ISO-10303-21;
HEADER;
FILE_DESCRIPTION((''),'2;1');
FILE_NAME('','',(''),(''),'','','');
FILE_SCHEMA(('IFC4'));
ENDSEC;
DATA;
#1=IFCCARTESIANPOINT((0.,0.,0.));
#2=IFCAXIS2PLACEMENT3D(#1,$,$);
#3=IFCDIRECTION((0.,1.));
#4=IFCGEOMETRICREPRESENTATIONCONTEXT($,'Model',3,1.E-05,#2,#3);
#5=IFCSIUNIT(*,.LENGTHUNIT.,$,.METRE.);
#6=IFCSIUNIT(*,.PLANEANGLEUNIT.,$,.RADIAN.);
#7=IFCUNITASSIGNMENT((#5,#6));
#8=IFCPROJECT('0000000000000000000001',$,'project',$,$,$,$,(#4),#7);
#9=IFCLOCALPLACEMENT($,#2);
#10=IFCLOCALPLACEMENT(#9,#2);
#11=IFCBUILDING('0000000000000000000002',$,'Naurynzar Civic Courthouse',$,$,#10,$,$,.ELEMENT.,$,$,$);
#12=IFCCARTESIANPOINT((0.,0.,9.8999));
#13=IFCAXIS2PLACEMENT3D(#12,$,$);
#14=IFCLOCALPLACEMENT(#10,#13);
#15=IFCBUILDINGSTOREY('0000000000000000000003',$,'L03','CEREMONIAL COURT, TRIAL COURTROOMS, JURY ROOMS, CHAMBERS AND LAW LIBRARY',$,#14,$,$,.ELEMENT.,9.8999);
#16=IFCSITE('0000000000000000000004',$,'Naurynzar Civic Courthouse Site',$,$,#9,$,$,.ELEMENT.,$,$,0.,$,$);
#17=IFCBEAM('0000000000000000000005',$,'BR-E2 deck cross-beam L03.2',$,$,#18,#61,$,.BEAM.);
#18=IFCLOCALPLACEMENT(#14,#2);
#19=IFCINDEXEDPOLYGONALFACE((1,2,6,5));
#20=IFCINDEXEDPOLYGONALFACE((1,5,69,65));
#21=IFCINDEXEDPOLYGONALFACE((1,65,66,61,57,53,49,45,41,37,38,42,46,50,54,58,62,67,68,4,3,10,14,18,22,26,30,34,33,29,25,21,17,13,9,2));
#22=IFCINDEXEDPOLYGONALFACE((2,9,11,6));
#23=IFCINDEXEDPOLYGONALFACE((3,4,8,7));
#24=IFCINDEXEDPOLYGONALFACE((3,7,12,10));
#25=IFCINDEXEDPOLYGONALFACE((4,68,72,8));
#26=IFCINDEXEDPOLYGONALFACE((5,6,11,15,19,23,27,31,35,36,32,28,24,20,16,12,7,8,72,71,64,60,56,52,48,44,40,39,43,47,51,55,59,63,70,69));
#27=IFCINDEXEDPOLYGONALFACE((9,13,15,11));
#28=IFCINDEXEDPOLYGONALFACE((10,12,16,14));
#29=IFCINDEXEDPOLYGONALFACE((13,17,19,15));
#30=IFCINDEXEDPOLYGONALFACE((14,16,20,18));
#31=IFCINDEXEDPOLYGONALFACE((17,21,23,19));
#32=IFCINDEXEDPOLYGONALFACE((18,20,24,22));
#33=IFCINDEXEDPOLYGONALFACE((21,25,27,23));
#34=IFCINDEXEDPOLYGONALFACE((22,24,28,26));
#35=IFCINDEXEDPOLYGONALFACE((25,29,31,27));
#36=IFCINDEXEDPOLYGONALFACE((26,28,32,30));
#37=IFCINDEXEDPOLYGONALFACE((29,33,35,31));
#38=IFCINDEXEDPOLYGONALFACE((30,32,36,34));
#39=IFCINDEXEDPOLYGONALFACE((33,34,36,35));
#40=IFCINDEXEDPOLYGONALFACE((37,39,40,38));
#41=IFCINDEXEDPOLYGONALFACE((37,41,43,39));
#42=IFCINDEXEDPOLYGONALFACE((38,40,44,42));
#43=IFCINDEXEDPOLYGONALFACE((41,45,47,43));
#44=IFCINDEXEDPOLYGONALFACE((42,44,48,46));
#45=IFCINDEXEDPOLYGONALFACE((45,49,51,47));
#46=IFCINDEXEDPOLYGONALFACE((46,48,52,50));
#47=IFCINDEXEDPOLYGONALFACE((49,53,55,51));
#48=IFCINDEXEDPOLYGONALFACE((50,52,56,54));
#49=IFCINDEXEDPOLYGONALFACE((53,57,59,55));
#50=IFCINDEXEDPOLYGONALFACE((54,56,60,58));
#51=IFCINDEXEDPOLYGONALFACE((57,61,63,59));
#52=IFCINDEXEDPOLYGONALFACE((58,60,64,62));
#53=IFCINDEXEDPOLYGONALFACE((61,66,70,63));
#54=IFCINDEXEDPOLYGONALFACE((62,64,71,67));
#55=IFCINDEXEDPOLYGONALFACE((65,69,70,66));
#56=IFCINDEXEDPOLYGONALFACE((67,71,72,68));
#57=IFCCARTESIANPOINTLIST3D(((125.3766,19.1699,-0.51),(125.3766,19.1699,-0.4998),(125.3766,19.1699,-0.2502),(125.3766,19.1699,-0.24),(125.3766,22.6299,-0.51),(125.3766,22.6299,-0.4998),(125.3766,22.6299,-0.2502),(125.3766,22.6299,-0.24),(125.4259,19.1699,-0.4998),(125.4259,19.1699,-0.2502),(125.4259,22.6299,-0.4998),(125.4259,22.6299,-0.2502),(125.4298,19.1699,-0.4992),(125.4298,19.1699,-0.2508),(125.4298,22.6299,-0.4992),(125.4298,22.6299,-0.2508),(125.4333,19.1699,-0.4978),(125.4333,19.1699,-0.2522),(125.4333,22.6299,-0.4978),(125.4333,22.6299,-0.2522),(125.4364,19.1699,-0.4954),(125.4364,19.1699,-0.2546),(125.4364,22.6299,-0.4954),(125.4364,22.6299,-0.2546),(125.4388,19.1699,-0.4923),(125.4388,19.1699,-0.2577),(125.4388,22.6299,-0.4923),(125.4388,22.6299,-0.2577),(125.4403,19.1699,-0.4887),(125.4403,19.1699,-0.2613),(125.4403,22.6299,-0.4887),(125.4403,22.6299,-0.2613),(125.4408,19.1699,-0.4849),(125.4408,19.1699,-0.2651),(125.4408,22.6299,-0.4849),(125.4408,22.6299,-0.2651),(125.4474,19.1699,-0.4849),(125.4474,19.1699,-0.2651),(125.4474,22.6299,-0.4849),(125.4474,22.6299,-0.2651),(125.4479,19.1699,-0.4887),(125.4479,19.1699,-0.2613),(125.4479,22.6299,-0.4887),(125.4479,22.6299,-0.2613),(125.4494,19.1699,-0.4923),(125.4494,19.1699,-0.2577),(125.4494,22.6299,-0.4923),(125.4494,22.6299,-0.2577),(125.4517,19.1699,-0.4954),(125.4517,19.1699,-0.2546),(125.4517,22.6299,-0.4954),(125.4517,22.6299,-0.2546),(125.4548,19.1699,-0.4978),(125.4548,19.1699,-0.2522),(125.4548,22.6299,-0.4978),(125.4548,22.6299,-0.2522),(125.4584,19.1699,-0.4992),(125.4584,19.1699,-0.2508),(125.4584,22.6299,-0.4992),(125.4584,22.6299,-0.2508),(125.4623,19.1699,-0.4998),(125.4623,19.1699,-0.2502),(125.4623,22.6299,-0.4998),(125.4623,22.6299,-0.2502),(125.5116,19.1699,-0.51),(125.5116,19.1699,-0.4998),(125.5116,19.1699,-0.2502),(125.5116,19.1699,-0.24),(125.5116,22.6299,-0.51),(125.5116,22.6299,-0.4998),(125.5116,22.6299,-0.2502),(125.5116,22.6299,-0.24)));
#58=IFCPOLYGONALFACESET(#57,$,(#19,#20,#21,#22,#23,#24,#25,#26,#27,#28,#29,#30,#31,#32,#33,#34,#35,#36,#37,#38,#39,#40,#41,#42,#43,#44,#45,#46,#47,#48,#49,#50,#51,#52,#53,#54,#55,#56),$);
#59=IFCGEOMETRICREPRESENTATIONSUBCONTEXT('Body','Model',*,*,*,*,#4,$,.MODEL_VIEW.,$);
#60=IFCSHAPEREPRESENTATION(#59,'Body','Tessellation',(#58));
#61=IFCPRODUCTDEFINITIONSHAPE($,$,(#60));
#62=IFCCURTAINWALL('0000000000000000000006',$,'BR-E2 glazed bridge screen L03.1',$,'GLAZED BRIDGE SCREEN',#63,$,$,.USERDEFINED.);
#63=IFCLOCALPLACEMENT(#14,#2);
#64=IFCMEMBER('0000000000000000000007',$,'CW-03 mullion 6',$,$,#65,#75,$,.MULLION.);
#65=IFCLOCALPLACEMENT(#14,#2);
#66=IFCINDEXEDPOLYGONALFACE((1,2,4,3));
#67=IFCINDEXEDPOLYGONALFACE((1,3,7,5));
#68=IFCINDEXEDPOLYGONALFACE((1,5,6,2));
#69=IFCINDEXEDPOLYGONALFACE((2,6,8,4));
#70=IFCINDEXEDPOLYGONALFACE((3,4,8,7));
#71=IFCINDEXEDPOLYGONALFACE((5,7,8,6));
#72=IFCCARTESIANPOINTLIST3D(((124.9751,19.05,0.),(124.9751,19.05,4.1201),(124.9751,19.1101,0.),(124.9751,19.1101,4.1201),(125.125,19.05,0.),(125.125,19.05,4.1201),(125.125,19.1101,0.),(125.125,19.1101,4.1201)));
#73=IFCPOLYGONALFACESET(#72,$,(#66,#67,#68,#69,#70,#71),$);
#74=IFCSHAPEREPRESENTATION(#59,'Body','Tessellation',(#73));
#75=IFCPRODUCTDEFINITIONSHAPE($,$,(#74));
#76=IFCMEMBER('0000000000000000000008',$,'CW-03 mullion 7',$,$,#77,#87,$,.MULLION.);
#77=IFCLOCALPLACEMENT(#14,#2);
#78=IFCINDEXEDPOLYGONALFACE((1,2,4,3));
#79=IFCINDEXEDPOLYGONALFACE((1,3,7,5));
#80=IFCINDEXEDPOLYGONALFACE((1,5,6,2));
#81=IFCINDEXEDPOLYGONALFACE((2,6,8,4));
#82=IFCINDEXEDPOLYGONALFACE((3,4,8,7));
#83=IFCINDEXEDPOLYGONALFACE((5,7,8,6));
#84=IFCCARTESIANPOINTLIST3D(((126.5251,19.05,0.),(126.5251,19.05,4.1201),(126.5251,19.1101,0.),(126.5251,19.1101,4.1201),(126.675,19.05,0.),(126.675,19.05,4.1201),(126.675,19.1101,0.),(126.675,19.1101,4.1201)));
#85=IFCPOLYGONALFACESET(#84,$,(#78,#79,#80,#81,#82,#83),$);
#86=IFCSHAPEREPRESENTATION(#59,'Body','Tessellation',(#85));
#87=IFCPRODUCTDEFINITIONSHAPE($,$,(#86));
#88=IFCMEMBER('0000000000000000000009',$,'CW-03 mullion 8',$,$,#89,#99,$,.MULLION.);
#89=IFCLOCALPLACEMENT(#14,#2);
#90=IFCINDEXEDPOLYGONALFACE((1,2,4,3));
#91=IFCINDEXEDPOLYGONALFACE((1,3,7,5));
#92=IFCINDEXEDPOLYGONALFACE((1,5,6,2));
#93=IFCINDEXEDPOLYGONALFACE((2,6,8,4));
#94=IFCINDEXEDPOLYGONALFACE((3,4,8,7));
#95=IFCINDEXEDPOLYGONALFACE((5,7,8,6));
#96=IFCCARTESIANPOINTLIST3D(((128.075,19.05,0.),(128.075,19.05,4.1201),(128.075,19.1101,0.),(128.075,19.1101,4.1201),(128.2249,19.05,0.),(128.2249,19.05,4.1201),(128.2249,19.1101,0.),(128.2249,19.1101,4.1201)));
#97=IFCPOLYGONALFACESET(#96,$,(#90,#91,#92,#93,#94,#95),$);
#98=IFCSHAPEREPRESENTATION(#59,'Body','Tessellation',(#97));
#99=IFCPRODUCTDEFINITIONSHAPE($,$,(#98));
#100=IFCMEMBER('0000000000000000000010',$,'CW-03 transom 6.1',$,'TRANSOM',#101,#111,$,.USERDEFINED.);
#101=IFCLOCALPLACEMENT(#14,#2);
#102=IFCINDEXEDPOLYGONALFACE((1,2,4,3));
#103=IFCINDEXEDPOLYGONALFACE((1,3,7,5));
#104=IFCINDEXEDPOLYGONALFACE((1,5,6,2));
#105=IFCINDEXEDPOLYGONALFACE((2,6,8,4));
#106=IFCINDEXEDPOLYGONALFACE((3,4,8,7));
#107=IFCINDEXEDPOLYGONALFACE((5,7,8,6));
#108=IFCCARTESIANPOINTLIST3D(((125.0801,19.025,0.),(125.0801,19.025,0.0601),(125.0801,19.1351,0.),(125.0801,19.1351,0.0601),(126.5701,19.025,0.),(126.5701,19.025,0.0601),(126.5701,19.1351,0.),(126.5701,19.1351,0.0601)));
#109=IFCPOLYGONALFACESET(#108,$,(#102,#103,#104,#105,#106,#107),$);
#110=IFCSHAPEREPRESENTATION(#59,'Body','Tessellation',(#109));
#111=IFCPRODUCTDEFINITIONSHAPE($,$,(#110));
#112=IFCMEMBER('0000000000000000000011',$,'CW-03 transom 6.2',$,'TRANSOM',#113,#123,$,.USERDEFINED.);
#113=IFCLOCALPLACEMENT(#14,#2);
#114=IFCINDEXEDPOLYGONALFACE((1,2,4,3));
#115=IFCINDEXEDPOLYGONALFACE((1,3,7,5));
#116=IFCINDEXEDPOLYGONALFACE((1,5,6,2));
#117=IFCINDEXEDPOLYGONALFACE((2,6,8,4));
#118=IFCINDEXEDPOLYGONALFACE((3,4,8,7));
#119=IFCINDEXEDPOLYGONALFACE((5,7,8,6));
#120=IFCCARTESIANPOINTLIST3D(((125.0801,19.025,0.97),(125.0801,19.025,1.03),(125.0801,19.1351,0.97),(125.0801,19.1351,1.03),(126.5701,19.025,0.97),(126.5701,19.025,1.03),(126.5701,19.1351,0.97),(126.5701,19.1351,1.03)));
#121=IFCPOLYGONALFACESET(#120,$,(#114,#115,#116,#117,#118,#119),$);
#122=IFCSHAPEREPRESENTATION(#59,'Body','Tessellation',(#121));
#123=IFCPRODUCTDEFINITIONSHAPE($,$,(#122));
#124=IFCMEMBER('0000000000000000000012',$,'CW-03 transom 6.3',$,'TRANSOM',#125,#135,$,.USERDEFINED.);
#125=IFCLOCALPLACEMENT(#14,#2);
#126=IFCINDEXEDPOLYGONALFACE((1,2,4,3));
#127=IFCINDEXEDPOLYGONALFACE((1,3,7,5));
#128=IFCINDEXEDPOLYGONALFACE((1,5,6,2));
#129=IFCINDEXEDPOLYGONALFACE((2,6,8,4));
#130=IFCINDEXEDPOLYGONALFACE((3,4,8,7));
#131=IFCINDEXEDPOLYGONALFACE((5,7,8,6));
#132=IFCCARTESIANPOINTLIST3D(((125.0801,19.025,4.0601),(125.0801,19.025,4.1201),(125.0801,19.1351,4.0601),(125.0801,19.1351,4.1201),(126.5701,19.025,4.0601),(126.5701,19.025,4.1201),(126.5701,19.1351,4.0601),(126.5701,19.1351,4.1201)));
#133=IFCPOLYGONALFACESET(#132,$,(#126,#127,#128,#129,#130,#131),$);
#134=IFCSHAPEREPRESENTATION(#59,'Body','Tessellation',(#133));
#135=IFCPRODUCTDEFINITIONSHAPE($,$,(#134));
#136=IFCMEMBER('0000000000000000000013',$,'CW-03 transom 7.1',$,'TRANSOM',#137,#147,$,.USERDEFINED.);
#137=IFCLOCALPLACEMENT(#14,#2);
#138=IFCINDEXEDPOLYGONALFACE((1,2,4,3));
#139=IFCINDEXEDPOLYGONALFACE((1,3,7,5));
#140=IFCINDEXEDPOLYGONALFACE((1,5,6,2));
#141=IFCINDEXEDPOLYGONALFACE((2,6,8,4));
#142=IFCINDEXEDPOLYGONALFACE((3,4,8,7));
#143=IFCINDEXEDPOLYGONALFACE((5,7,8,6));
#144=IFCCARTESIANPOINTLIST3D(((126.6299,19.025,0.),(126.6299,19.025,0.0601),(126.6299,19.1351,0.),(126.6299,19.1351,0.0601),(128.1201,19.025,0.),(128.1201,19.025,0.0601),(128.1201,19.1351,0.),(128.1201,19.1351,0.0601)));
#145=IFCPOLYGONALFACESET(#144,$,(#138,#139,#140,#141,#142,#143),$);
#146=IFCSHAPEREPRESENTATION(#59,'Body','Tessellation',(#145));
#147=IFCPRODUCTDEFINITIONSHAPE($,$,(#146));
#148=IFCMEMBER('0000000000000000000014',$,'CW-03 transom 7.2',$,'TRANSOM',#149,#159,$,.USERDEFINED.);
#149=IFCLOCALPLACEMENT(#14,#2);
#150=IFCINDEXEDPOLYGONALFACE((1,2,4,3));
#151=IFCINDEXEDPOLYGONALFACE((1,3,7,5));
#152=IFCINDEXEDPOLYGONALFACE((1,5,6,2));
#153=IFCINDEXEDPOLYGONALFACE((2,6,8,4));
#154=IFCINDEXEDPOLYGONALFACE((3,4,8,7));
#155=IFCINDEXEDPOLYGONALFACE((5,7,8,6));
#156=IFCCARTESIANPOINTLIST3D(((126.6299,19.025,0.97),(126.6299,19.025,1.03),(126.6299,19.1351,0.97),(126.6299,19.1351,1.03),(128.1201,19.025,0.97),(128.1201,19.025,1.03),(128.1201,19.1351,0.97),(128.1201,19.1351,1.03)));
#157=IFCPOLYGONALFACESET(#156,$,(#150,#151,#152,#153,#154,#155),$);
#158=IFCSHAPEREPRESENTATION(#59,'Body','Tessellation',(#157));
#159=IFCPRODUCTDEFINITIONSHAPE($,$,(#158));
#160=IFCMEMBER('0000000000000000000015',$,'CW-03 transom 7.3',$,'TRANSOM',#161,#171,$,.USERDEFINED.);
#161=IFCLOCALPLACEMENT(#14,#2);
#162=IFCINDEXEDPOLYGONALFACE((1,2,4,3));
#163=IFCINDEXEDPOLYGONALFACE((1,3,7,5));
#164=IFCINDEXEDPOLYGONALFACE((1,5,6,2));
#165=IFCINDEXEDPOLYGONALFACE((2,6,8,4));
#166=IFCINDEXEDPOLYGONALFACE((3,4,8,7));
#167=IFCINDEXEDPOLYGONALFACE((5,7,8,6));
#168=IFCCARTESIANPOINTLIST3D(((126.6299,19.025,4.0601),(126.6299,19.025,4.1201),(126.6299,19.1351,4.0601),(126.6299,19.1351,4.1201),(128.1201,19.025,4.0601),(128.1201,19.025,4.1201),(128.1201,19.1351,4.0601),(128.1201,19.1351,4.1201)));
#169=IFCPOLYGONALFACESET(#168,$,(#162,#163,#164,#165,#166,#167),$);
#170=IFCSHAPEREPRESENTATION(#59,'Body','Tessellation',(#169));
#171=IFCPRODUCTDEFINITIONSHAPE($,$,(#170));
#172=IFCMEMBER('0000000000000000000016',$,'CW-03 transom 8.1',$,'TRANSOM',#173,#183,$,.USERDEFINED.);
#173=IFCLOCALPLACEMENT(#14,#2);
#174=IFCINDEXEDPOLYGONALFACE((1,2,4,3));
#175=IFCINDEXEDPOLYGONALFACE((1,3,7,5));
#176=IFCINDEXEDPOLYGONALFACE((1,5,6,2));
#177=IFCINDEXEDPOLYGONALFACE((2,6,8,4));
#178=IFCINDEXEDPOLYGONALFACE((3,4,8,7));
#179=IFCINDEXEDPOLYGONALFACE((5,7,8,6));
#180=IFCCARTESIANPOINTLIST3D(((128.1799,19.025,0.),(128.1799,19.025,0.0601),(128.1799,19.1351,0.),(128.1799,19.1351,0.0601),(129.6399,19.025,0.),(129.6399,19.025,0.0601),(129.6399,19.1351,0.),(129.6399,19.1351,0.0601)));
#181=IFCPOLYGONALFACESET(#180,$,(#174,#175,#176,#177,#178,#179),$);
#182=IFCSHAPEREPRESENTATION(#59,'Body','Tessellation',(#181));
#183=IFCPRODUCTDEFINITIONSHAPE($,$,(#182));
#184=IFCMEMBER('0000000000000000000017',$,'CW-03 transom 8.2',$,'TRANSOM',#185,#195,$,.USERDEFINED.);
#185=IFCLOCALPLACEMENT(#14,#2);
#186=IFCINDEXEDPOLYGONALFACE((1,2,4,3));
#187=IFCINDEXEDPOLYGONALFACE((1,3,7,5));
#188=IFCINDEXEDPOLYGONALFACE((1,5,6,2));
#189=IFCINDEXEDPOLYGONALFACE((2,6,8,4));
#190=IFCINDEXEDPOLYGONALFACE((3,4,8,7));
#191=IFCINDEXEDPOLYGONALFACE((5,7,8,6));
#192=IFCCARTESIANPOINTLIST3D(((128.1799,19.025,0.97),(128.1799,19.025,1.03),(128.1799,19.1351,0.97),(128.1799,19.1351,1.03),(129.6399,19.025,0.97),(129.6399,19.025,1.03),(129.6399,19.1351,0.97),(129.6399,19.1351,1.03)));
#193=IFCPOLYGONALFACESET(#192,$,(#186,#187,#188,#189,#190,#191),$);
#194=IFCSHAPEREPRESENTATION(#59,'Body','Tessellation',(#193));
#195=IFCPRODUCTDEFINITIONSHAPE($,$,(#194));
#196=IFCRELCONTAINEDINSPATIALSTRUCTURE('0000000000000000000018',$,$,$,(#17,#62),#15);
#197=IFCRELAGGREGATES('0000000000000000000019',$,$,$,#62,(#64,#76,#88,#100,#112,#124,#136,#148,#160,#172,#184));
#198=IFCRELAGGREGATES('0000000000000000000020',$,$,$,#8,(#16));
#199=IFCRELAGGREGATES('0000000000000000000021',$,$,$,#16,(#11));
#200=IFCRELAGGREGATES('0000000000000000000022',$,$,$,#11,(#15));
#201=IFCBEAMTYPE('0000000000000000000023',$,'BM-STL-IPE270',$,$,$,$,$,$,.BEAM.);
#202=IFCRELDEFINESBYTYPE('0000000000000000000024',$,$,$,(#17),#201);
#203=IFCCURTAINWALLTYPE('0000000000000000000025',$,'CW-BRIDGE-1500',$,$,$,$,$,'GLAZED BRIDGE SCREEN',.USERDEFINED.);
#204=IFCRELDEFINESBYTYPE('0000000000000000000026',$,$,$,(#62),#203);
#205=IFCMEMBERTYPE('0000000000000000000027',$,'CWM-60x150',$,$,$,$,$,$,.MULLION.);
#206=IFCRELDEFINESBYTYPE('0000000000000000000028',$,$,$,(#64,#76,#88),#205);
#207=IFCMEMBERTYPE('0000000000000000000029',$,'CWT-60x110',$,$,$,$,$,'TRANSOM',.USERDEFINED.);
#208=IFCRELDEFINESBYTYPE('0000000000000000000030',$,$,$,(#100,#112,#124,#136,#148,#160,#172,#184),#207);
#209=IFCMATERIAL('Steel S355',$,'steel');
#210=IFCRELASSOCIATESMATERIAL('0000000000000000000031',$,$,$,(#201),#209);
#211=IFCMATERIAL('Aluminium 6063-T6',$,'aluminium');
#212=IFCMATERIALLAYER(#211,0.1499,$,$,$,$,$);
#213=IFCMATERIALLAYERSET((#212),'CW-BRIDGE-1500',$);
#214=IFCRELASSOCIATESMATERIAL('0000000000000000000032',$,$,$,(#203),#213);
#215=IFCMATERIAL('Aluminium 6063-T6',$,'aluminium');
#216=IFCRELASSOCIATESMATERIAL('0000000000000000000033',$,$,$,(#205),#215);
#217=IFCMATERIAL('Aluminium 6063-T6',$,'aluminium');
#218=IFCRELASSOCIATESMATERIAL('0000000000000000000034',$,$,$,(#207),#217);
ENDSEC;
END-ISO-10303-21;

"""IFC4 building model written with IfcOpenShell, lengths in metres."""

from ifc_helpers import new_model, si_unit, direction, frame, origin, origin_2d, place, context, subcontext, project, spatial, rectangle, i_section, extrude, material, layer, layer_set, material_profile, profile_set, type_object, element, aggregate, save


model = new_model("IFC4")

# Units and contexts
model_context = context("Model", 3, precision=1e-05, world=origin(), true_north=direction((0.0, 1.0)))
body_context = subcontext(model_context, "Body", "Model", "MODEL_VIEW")
ifc_project = project(units=[si_unit("LENGTHUNIT", "METRE"), si_unit("PLANEANGLEUNIT", "RADIAN")], contexts=[model_context])

# Site, building, storey
site_placement = place(None, origin())
site = spatial("IfcSite", under=ifc_project, at=site_placement, Name="Naurynzar Civic Courthouse Site", CompositionType="ELEMENT", RefElevation=0.0)
building_placement = place(site_placement, origin())
building = spatial("IfcBuilding", under=site, at=building_placement, Name="Naurynzar Civic Courthouse", CompositionType="ELEMENT")
storey_placement = place(building_placement, frame((0.0, 0.0, 9.8999)))
storey = spatial("IfcBuildingStorey", under=building, at=storey_placement, Name="L03", Description="CEREMONIAL COURT, TRIAL COURTROOMS, JURY ROOMS, CHAMBERS AND LAW LIBRARY", CompositionType="ELEMENT", Elevation=9.8999)

# Beam
ifc_material_1 = material(Name="Steel S355", Category="steel")
ifc_material_profile_1 = material_profile(ifc_material_1, i_section(OverallWidth=0.135, OverallDepth=0.27, WebThickness=0.0066, FlangeThickness=0.0103, FilletRadius=0.0149, at=origin_2d()), Name="IPE 270")
ifc_profile_set_1 = profile_set([ifc_material_profile_1], Name="Steel S355")
beam_type = type_object("IfcBeamType", Name="BM-STL-IPE270", PredefinedType="BEAM", material=ifc_profile_set_1)
beam_placement = place(storey_placement, frame((125.4441, 19.1699, -0.375), z_axis=(0.0, 1.0, 0.0), x_axis=(-1.0, 0.0, 0.0)))
element("IfcBeam", 1, at=beam_placement, inside=storey, type_object=beam_type, Name="BR-E2 deck cross-beam L03.2", PredefinedType="BEAM", context=body_context, shape_type="SweptSolid", body=[
    extrude(i_section(OverallWidth=0.135, OverallDepth=0.27, WebThickness=0.0066, FlangeThickness=0.0103, FilletRadius=0.0149, at=origin_2d()), origin(), (0.0, 0.0, 1.0), 3.46),
])

# Curtain wall, members
ifc_material_2 = material(Name="Aluminium 6063-T6", Category="aluminium")
ifc_layer_1 = layer(ifc_material_2, 0.1499)
ifc_layer_set_1 = layer_set([ifc_layer_1], Name="CW-BRIDGE-1500")
curtain_wall_type = type_object("IfcCurtainWallType", Name="CW-BRIDGE-1500", ElementType="GLAZED BRIDGE SCREEN", PredefinedType="USERDEFINED", material=ifc_layer_set_1)
curtain_wall_placement = place(storey_placement, origin())
curtain_wall = element("IfcCurtainWall", 2, at=curtain_wall_placement, inside=storey, type_object=curtain_wall_type, Name="BR-E2 glazed bridge screen L03.1", ObjectType="GLAZED BRIDGE SCREEN", PredefinedType="USERDEFINED")
ifc_material_3 = material(Name="Aluminium 6063-T6", Category="aluminium")
ifc_material_profile_2 = material_profile(ifc_material_3, rectangle(XDim=0.0601, YDim=0.1499, at=origin_2d()), Name="ALU MULLION 60x150")
ifc_profile_set_2 = profile_set([ifc_material_profile_2], Name="Aluminium 6063-T6")
member_type_1 = type_object("IfcMemberType", Name="CWM-60x150", PredefinedType="MULLION", material=ifc_profile_set_2)
member_1_placement = place(storey_placement, frame((125.05, 19.0801, 0.0), z_axis=(0.0, 0.0, 1.0), x_axis=(0.0, 1.0, 0.0)))
member_1 = element("IfcMember", 3, at=member_1_placement, type_object=member_type_1, Name="CW-03 mullion 6", PredefinedType="MULLION", context=body_context, shape_type="SweptSolid", body=[
    extrude(rectangle(XDim=0.0601, YDim=0.1499, at=origin_2d()), origin(), (0.0, 0.0, 1.0), 4.1201),
])
member_2_placement = place(storey_placement, frame((126.6001, 19.0801, 0.0), z_axis=(0.0, 0.0, 1.0), x_axis=(0.0, 1.0, 0.0)))
member_2 = element("IfcMember", 4, at=member_2_placement, type_object=member_type_1, Name="CW-03 mullion 7", PredefinedType="MULLION", context=body_context, shape_type="SweptSolid", body=[
    extrude(rectangle(XDim=0.0601, YDim=0.1499, at=origin_2d()), origin(), (0.0, 0.0, 1.0), 4.1201),
])
member_3_placement = place(storey_placement, frame((128.1499, 19.0801, 0.0), z_axis=(0.0, 0.0, 1.0), x_axis=(0.0, 1.0, 0.0)))
member_3 = element("IfcMember", 5, at=member_3_placement, type_object=member_type_1, Name="CW-03 mullion 8", PredefinedType="MULLION", context=body_context, shape_type="SweptSolid", body=[
    extrude(rectangle(XDim=0.0601, YDim=0.1499, at=origin_2d()), origin(), (0.0, 0.0, 1.0), 4.1201),
])
ifc_material_4 = material(Name="Aluminium 6063-T6", Category="aluminium")
ifc_material_profile_3 = material_profile(ifc_material_4, rectangle(XDim=0.1101, YDim=0.0601, at=origin_2d()), Name="ALU TRANSOM 60x110")
ifc_profile_set_3 = profile_set([ifc_material_profile_3], Name="Aluminium 6063-T6")
member_type_2 = type_object("IfcMemberType", Name="CWT-60x110", ElementType="TRANSOM", PredefinedType="USERDEFINED", material=ifc_profile_set_3)
member_4_placement = place(storey_placement, frame((125.0801, 19.0801, 0.03), z_axis=(1.0, 0.0, 0.0), x_axis=(0.0, 1.0, 0.0)))
member_4 = element("IfcMember", 6, at=member_4_placement, type_object=member_type_2, Name="CW-03 transom 6.1", ObjectType="TRANSOM", PredefinedType="USERDEFINED", context=body_context, shape_type="SweptSolid", body=[
    extrude(rectangle(XDim=0.1101, YDim=0.0601, at=origin_2d()), origin(), (0.0, 0.0, 1.0), 1.49),
])
member_5_placement = place(storey_placement, frame((125.0801, 19.0801, 1.0), z_axis=(1.0, 0.0, 0.0), x_axis=(0.0, 1.0, 0.0)))
member_5 = element("IfcMember", 7, at=member_5_placement, type_object=member_type_2, Name="CW-03 transom 6.2", ObjectType="TRANSOM", PredefinedType="USERDEFINED", context=body_context, shape_type="SweptSolid", body=[
    extrude(rectangle(XDim=0.1101, YDim=0.0601, at=origin_2d()), origin(), (0.0, 0.0, 1.0), 1.49),
])
member_6_placement = place(storey_placement, frame((125.0801, 19.0801, 4.0901), z_axis=(1.0, 0.0, 0.0), x_axis=(0.0, 1.0, 0.0)))
member_6 = element("IfcMember", 8, at=member_6_placement, type_object=member_type_2, Name="CW-03 transom 6.3", ObjectType="TRANSOM", PredefinedType="USERDEFINED", context=body_context, shape_type="SweptSolid", body=[
    extrude(rectangle(XDim=0.1101, YDim=0.0601, at=origin_2d()), origin(), (0.0, 0.0, 1.0), 1.49),
])
member_7_placement = place(storey_placement, frame((126.6299, 19.0801, 0.03), z_axis=(1.0, 0.0, 0.0), x_axis=(0.0, 1.0, 0.0)))
member_7 = element("IfcMember", 9, at=member_7_placement, type_object=member_type_2, Name="CW-03 transom 7.1", ObjectType="TRANSOM", PredefinedType="USERDEFINED", context=body_context, shape_type="SweptSolid", body=[
    extrude(rectangle(XDim=0.1101, YDim=0.0601, at=origin_2d()), origin(), (0.0, 0.0, 1.0), 1.4902),
])
member_8_placement = place(storey_placement, frame((126.6299, 19.0801, 1.0), z_axis=(1.0, 0.0, 0.0), x_axis=(0.0, 1.0, 0.0)))
member_8 = element("IfcMember", 10, at=member_8_placement, type_object=member_type_2, Name="CW-03 transom 7.2", ObjectType="TRANSOM", PredefinedType="USERDEFINED", context=body_context, shape_type="SweptSolid", body=[
    extrude(rectangle(XDim=0.1101, YDim=0.0601, at=origin_2d()), origin(), (0.0, 0.0, 1.0), 1.4902),
])
member_9_placement = place(storey_placement, frame((126.6299, 19.0801, 4.0901), z_axis=(1.0, 0.0, 0.0), x_axis=(0.0, 1.0, 0.0)))
member_9 = element("IfcMember", 11, at=member_9_placement, type_object=member_type_2, Name="CW-03 transom 7.3", ObjectType="TRANSOM", PredefinedType="USERDEFINED", context=body_context, shape_type="SweptSolid", body=[
    extrude(rectangle(XDim=0.1101, YDim=0.0601, at=origin_2d()), origin(), (0.0, 0.0, 1.0), 1.4902),
])
member_10_placement = place(storey_placement, frame((128.1799, 19.0801, 0.03), z_axis=(1.0, 0.0, 0.0), x_axis=(0.0, 1.0, 0.0)))
member_10 = element("IfcMember", 12, at=member_10_placement, type_object=member_type_2, Name="CW-03 transom 8.1", ObjectType="TRANSOM", PredefinedType="USERDEFINED", context=body_context, shape_type="SweptSolid", body=[
    extrude(rectangle(XDim=0.1101, YDim=0.0601, at=origin_2d()), origin(), (0.0, 0.0, 1.0), 1.46),
])
member_11_placement = place(storey_placement, frame((128.1799, 19.0801, 1.0), z_axis=(1.0, 0.0, 0.0), x_axis=(0.0, 1.0, 0.0)))
member_11 = element("IfcMember", 13, at=member_11_placement, type_object=member_type_2, Name="CW-03 transom 8.2", ObjectType="TRANSOM", PredefinedType="USERDEFINED", context=body_context, shape_type="SweptSolid", body=[
    extrude(rectangle(XDim=0.1101, YDim=0.0601, at=origin_2d()), origin(), (0.0, 0.0, 1.0), 1.46),
])
aggregate(curtain_wall, [member_1, member_2, member_3, member_4, member_5, member_6, member_7, member_8, member_9, member_10, member_11])

save(model, "model.ifc")
